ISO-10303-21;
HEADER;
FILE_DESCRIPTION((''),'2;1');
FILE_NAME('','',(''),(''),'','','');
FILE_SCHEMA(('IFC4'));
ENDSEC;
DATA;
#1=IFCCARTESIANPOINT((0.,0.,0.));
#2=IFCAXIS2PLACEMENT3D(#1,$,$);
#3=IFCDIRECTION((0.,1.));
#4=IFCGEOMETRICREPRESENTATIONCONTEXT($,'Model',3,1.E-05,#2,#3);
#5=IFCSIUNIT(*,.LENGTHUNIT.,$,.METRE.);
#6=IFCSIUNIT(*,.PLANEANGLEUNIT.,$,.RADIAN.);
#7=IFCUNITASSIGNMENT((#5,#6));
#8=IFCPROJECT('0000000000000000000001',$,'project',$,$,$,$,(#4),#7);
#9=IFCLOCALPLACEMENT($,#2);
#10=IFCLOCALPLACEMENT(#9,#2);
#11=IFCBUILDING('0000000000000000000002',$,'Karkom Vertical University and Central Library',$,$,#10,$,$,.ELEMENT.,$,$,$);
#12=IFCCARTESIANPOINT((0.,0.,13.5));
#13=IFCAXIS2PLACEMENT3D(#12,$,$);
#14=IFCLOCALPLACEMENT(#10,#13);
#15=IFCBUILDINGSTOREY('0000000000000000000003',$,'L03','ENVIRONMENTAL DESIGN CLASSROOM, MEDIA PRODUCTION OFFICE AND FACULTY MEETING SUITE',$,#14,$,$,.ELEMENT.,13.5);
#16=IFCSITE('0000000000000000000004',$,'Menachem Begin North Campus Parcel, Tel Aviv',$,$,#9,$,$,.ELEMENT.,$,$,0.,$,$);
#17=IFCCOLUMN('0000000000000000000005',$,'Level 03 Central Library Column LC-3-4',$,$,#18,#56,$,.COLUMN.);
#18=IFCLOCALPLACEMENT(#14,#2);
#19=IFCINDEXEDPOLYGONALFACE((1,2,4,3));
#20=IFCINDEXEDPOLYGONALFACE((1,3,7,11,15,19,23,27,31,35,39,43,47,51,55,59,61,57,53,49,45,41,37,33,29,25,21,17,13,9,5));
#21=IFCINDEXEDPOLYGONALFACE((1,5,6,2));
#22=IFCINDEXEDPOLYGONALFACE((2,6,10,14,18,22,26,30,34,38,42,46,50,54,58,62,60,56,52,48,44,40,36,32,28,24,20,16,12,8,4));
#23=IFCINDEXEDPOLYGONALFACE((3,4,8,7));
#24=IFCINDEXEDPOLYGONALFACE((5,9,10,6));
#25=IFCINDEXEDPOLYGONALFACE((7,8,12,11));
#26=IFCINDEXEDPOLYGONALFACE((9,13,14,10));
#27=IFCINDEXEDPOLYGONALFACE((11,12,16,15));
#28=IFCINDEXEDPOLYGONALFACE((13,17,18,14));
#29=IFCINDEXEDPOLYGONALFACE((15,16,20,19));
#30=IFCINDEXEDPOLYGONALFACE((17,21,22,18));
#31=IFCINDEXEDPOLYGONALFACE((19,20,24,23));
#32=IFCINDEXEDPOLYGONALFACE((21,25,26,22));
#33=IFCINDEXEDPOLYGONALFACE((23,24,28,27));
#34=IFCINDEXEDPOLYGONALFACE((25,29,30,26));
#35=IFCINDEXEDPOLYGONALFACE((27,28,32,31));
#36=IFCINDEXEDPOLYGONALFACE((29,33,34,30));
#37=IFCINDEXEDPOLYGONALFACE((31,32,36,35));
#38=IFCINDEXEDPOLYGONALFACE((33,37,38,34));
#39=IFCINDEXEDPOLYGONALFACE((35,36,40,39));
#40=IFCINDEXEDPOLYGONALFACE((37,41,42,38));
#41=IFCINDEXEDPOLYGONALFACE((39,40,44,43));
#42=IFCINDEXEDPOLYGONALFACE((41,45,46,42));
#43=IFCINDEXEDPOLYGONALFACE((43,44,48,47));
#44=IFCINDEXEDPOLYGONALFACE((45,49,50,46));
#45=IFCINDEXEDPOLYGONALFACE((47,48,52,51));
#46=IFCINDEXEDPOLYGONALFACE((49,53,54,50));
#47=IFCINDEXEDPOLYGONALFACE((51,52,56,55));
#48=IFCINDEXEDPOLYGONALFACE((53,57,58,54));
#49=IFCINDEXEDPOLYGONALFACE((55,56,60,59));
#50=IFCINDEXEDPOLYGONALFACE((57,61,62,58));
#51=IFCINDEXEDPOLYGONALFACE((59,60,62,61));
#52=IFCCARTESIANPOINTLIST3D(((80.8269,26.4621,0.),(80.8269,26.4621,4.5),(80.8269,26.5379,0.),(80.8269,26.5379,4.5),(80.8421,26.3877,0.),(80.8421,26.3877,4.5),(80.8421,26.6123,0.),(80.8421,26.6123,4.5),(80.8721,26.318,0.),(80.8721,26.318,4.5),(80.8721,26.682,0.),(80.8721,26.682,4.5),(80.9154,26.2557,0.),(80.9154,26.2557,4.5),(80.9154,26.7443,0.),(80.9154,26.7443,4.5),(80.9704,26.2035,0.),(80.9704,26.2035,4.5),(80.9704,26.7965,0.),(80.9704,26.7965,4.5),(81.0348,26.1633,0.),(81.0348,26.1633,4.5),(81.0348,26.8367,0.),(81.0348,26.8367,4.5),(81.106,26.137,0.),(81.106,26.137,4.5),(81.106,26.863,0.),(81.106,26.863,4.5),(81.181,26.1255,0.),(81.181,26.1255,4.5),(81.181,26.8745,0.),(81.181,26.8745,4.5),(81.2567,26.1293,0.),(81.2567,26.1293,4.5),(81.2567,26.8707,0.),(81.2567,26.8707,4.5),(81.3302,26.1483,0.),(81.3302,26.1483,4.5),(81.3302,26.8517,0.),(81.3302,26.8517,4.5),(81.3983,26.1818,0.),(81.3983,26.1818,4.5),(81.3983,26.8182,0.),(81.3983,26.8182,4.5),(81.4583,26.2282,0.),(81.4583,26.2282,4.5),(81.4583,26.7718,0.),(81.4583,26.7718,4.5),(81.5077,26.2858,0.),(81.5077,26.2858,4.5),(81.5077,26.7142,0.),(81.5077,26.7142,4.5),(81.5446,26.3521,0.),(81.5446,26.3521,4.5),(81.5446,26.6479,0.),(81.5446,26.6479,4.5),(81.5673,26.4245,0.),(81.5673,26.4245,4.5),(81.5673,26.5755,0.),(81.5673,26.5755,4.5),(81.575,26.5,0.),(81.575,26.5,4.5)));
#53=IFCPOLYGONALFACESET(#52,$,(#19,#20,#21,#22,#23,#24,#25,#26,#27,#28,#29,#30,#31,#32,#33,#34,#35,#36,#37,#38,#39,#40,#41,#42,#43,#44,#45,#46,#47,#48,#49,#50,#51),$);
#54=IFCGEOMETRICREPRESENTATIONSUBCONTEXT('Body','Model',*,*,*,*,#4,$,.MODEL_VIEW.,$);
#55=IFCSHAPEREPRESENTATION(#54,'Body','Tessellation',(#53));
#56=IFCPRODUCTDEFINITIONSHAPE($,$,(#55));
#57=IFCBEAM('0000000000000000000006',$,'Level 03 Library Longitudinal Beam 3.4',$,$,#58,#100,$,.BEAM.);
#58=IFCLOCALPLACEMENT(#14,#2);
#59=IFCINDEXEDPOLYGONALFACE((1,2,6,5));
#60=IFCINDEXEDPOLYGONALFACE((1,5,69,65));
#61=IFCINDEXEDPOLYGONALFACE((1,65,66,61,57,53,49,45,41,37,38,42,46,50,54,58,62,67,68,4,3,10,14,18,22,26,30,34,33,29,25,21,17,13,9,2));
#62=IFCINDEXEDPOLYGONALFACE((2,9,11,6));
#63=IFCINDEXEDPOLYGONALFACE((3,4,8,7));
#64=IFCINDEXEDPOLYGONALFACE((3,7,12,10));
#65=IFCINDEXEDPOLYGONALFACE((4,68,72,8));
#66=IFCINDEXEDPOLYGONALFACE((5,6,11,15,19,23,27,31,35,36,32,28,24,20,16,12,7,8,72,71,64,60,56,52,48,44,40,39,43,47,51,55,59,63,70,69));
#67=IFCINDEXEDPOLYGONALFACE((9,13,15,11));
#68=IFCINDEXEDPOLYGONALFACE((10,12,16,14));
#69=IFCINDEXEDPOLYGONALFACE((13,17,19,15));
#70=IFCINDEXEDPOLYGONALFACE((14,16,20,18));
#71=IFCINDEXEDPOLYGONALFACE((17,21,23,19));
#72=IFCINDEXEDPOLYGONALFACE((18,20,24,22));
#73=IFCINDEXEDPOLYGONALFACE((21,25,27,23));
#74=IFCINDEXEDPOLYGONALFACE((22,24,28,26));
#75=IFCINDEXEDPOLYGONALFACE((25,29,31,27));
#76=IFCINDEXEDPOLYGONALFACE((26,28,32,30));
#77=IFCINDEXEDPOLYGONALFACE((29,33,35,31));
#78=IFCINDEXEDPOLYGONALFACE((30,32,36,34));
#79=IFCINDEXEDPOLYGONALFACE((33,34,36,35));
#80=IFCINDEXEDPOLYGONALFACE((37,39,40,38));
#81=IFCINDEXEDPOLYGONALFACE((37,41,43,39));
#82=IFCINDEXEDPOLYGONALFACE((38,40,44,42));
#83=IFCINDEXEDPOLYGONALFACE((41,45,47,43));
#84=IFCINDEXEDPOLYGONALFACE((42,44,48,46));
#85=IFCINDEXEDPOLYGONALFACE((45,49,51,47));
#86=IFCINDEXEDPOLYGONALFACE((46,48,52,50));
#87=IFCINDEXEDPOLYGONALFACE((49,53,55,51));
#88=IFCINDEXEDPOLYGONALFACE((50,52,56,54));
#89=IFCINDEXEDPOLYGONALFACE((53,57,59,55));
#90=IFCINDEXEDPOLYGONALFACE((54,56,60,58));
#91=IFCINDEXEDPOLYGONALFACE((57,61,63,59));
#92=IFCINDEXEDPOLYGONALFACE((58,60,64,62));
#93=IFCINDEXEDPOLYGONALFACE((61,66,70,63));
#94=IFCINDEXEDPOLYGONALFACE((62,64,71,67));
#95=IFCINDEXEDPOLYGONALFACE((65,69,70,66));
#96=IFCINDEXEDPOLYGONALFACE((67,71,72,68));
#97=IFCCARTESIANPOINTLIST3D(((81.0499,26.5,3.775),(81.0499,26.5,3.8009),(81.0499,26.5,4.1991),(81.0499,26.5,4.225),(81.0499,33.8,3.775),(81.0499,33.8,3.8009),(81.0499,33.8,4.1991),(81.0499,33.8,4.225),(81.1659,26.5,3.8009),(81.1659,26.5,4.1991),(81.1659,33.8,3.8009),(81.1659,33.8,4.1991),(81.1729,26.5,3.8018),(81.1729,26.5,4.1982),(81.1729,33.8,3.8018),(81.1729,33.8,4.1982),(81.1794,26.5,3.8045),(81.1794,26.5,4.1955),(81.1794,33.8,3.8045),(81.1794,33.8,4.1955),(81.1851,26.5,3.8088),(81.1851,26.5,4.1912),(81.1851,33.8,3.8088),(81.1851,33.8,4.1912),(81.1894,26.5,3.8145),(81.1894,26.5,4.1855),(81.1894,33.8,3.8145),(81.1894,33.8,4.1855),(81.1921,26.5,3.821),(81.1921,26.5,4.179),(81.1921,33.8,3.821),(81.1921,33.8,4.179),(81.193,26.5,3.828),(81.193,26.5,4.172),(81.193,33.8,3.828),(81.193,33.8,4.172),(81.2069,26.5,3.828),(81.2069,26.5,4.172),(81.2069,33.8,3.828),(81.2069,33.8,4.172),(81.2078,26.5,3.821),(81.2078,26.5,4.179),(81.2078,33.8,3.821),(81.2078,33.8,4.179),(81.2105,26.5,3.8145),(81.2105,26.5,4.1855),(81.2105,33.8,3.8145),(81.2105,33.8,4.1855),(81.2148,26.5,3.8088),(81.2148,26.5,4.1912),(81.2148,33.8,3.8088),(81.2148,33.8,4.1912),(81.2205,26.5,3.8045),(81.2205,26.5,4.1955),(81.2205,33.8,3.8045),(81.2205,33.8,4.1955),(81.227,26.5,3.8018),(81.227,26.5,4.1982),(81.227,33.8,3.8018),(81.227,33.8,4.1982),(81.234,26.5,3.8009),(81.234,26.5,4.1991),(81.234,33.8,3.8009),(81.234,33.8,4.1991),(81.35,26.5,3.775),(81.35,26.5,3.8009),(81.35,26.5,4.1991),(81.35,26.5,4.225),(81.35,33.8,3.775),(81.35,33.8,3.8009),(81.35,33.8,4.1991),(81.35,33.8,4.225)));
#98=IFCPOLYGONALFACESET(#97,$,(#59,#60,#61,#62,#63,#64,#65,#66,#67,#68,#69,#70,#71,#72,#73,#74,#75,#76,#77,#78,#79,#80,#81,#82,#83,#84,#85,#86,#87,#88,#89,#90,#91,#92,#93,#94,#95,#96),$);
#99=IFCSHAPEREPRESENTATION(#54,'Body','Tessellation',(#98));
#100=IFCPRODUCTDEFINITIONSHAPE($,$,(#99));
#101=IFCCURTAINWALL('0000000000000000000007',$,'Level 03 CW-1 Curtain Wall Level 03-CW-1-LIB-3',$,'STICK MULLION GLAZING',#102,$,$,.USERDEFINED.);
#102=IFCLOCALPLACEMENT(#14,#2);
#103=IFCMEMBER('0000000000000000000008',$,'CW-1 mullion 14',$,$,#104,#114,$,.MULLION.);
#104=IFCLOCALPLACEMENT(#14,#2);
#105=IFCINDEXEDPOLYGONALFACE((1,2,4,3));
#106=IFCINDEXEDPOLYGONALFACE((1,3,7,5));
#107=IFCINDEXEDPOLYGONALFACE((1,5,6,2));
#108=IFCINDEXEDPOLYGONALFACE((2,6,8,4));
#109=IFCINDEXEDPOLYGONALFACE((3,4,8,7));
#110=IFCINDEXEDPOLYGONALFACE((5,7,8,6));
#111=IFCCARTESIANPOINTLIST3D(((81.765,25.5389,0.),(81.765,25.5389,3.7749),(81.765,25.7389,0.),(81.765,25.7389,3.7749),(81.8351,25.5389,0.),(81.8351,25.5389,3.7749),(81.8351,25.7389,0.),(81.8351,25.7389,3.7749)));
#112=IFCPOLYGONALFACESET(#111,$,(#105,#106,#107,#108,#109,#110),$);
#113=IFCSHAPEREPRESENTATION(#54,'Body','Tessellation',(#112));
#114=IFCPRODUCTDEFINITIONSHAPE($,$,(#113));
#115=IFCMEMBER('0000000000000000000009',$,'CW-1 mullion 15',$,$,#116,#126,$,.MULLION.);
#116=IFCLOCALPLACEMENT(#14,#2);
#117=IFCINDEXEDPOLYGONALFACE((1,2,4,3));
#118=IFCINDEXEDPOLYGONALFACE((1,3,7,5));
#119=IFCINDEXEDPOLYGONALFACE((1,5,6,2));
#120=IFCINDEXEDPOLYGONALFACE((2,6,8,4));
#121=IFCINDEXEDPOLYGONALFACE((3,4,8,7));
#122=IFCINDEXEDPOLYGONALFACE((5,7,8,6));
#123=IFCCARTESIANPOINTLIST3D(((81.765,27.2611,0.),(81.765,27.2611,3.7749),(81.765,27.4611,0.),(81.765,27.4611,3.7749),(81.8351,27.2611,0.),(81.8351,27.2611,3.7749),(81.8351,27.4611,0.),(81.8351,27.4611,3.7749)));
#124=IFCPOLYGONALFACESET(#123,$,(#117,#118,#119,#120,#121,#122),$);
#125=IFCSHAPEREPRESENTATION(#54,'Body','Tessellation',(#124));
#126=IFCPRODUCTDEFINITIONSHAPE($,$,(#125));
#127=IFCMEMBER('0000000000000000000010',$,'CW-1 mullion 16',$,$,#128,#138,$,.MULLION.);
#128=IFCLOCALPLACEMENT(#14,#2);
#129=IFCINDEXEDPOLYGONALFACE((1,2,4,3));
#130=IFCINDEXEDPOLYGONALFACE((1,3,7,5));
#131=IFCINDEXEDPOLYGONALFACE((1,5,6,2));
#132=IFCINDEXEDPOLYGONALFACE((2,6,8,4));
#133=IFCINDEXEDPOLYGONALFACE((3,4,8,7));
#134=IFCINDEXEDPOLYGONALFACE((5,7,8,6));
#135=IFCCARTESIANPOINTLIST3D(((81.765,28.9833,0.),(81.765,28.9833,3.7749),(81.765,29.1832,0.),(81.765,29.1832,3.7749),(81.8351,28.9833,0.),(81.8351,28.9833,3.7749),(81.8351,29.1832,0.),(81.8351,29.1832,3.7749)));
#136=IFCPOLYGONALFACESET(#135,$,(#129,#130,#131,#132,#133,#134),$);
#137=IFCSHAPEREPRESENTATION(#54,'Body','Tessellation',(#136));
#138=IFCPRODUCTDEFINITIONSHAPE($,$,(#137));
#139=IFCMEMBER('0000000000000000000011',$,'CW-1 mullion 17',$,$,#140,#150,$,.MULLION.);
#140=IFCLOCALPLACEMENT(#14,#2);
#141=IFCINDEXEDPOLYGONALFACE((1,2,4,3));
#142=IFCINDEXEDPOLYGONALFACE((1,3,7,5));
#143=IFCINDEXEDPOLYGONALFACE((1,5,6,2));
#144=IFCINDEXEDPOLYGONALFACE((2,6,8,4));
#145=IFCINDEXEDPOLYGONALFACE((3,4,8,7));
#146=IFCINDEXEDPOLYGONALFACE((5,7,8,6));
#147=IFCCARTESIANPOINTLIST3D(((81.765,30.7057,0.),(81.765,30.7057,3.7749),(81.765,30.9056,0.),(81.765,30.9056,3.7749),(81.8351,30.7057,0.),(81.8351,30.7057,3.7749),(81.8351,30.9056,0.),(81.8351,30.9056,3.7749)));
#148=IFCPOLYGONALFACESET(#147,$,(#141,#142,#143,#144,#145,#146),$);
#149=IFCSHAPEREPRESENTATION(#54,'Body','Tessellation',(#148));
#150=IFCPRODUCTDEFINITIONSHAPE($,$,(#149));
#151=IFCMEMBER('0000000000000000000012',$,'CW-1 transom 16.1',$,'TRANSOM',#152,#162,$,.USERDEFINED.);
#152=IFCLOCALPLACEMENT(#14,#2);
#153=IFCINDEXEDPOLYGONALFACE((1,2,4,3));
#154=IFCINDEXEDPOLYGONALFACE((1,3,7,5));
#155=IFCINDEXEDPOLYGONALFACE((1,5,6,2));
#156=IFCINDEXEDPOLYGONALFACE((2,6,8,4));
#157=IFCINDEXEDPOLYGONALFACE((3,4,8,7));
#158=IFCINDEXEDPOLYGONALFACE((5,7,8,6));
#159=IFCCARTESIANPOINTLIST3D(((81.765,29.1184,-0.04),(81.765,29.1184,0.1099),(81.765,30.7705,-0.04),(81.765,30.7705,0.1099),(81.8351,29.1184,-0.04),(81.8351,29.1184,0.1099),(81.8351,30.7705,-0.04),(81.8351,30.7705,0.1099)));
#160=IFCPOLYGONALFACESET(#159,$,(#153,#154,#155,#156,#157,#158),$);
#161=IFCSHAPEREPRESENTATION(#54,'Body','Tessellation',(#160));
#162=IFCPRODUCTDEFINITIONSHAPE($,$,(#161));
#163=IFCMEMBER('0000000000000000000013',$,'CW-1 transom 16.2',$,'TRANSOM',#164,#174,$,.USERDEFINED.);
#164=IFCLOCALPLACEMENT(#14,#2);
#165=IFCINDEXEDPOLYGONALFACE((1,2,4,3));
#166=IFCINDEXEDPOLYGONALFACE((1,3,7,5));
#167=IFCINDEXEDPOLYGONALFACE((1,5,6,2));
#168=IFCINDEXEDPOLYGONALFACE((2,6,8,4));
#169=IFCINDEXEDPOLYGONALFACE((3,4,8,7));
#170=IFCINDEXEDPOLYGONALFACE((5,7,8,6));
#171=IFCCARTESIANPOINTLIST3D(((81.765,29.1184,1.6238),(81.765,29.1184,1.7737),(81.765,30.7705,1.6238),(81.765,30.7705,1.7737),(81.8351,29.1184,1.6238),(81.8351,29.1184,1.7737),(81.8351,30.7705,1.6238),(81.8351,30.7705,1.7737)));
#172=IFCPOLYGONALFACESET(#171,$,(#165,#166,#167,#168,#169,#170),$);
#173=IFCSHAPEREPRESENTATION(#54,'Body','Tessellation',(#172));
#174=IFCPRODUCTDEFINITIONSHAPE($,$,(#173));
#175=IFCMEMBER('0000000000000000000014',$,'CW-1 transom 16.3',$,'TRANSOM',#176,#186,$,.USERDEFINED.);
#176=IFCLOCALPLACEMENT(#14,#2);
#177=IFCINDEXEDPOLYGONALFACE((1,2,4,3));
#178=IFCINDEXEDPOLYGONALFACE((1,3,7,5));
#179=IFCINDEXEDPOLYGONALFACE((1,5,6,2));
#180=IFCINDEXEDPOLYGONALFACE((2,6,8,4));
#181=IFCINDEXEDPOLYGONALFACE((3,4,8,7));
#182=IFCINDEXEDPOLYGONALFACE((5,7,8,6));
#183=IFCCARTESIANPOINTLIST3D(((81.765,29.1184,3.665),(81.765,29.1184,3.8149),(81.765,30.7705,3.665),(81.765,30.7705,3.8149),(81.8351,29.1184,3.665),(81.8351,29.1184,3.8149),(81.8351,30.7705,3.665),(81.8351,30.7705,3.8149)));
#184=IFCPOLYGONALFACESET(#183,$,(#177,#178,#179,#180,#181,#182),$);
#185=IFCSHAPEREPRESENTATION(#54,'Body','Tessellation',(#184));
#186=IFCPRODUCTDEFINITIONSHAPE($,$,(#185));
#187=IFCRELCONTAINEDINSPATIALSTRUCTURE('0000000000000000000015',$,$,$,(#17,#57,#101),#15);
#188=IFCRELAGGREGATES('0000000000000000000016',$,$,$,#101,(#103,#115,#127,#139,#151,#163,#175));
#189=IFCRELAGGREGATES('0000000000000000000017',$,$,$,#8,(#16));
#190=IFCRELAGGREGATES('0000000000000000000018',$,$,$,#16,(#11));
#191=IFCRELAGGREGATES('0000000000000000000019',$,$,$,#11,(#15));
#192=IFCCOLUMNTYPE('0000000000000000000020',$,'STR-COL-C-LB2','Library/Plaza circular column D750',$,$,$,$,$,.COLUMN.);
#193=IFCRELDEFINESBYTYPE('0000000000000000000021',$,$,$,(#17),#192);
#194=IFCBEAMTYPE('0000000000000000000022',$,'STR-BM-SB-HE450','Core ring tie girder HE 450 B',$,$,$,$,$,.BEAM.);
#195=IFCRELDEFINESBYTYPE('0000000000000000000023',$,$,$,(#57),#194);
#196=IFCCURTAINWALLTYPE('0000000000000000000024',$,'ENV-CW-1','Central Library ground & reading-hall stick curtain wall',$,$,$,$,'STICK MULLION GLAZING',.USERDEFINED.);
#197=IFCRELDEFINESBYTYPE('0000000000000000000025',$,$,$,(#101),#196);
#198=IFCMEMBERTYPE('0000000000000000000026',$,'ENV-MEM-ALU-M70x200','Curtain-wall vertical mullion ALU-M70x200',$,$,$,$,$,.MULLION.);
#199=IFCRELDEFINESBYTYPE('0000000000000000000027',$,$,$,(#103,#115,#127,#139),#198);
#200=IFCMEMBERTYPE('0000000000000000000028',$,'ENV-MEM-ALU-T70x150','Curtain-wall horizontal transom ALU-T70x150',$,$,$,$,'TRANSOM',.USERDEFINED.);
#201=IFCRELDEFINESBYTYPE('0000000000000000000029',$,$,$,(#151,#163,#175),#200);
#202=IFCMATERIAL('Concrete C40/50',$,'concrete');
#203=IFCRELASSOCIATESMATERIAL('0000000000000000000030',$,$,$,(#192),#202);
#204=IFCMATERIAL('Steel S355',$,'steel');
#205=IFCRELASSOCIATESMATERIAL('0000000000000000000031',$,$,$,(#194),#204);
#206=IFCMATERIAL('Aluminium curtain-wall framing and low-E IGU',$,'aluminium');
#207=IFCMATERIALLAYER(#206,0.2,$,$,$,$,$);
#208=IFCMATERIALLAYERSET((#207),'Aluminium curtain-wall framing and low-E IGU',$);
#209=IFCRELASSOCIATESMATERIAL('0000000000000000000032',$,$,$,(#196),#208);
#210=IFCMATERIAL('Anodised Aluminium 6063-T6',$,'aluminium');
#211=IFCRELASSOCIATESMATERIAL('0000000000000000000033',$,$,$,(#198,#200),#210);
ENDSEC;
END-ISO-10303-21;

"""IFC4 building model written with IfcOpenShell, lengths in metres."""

from ifc_helpers import new_model, si_unit, direction, frame, origin, origin_with_axes, origin_2d, place, context, subcontext, project, spatial, rectangle, circle, i_section, extrude, source, transform, mapped, material, layer, layer_set, material_profile, profile_set, type_object, element, aggregate, save


model = new_model("IFC4")

# Units and contexts
model_context = context("Model", 3, precision=1e-05, world=origin(), true_north=direction((0.0, 1.0)))
body_context = subcontext(model_context, "Body", "Model", "MODEL_VIEW")
ifc_project = project(units=[si_unit("LENGTHUNIT", "METRE"), si_unit("PLANEANGLEUNIT", "RADIAN")], contexts=[model_context])

# Site, building, storey
site_placement = place(None, origin())
site = spatial("IfcSite", under=ifc_project, at=site_placement, Name="Menachem Begin North Campus Parcel, Tel Aviv", CompositionType="ELEMENT", RefElevation=0.0)
building_placement = place(site_placement, origin())
building = spatial("IfcBuilding", under=site, at=building_placement, Name="Karkom Vertical University and Central Library", CompositionType="ELEMENT")
storey_placement = place(building_placement, frame((0.0, 0.0, 13.5)))
storey = spatial("IfcBuildingStorey", under=building, at=storey_placement, Name="L03", Description="ENVIRONMENTAL DESIGN CLASSROOM, MEDIA PRODUCTION OFFICE AND FACULTY MEETING SUITE", CompositionType="ELEMENT", Elevation=13.5)

# Column
ifc_material_1 = material(Name="Concrete C40/50", Category="concrete")
ifc_material_profile_1 = material_profile(ifc_material_1, circle(Radius=0.375, at=origin_2d()), Name="RC-D750")
ifc_profile_set_1 = profile_set([ifc_material_profile_1], Name="Concrete C40/50")
column_type = type_object("IfcColumnType", Name="STR-COL-C-LB2", Description="Library/Plaza circular column D750", PredefinedType="COLUMN", material=ifc_profile_set_1)
shared_shape_1 = source(origin_with_axes(), body_context, "Body", "SweptSolid", [
    extrude(circle(Radius=0.375, at=origin_2d()), origin(), (0.0, 0.0, 1.0), 4.5),
])
column_placement = place(storey_placement, frame((81.2, 26.5, 0.0), z_axis=(0.0, 0.0, 1.0), x_axis=(1.0, 0.0, 0.0)))
element("IfcColumn", 1, at=column_placement, inside=storey, type_object=column_type, Name="Level 03 Central Library Column LC-3-4", PredefinedType="COLUMN", context=body_context, shape_type="MappedRepresentation", body=[
    mapped(shared_shape_1, transform((0.0, 0.0, 0.0), scale=1.0)),
])

# Beam
ifc_material_2 = material(Name="Steel S355", Category="steel")
ifc_material_profile_2 = material_profile(ifc_material_2, i_section(OverallWidth=0.3, OverallDepth=0.45, WebThickness=0.0139, FlangeThickness=0.0259, FilletRadius=0.0271, at=origin_2d()), Name="HE 450 B")
ifc_profile_set_2 = profile_set([ifc_material_profile_2], Name="Steel S355")
beam_type = type_object("IfcBeamType", Name="STR-BM-SB-HE450", Description="Core ring tie girder HE 450 B", PredefinedType="BEAM", material=ifc_profile_set_2)
shared_shape_2 = source(origin_with_axes(), body_context, "Body", "SweptSolid", [
    extrude(i_section(OverallWidth=0.3, OverallDepth=0.45, WebThickness=0.0139, FlangeThickness=0.0259, FilletRadius=0.0271, at=origin_2d()), origin(), (0.0, 0.0, 1.0), 7.3),
])
beam_placement = place(storey_placement, frame((81.2, 26.5, 4.0), z_axis=(0.0, 1.0, 0.0), x_axis=(-1.0, 0.0, 0.0)))
element("IfcBeam", 2, at=beam_placement, inside=storey, type_object=beam_type, Name="Level 03 Library Longitudinal Beam 3.4", PredefinedType="BEAM", context=body_context, shape_type="MappedRepresentation", body=[
    mapped(shared_shape_2, transform((0.0, 0.0, 0.0), scale=1.0)),
])

# Curtain wall, members
ifc_material_3 = material(Name="Aluminium curtain-wall framing and low-E IGU", Category="aluminium")
ifc_layer_1 = layer(ifc_material_3, 0.2)
ifc_layer_set_1 = layer_set([ifc_layer_1], Name="Aluminium curtain-wall framing and low-E IGU")
curtain_wall_type = type_object("IfcCurtainWallType", Name="ENV-CW-1", Description="Central Library ground & reading-hall stick curtain wall", ElementType="STICK MULLION GLAZING", PredefinedType="USERDEFINED", material=ifc_layer_set_1)
curtain_wall_placement = place(storey_placement, origin())
curtain_wall = element("IfcCurtainWall", 3, at=curtain_wall_placement, inside=storey, type_object=curtain_wall_type, Name="Level 03 CW-1 Curtain Wall Level 03-CW-1-LIB-3", ObjectType="STICK MULLION GLAZING", PredefinedType="USERDEFINED")
ifc_material_4 = material(Name="Anodised Aluminium 6063-T6", Category="aluminium")
ifc_material_profile_3 = material_profile(ifc_material_4, rectangle(XDim=0.0701, YDim=0.2, at=origin_2d()), Name="ALU-M70x200")
ifc_profile_set_3 = profile_set([ifc_material_profile_3], Name="Anodised Aluminium 6063-T6")
member_type_1 = type_object("IfcMemberType", Name="ENV-MEM-ALU-M70x200", Description="Curtain-wall vertical mullion ALU-M70x200", PredefinedType="MULLION", material=ifc_profile_set_3)
shared_shape_3 = source(origin_with_axes(), body_context, "Body", "SweptSolid", [
    extrude(rectangle(XDim=0.0701, YDim=0.2, at=origin_2d()), origin(), (0.0, 0.0, 1.0), 3.7749),
])
member_1_placement = place(storey_placement, frame((81.8, 25.6389, 0.0), z_axis=(0.0, 0.0, 1.0), x_axis=(-1.0, 0.0, 0.0)))
member_1 = element("IfcMember", 4, at=member_1_placement, type_object=member_type_1, Name="CW-1 mullion 14", PredefinedType="MULLION", context=body_context, shape_type="MappedRepresentation", body=[
    mapped(shared_shape_3, transform((0.0, 0.0, 0.0), scale=1.0)),
])
member_2_placement = place(storey_placement, frame((81.8, 27.3611, 0.0), z_axis=(0.0, 0.0, 1.0), x_axis=(-1.0, 0.0, 0.0)))
member_2 = element("IfcMember", 5, at=member_2_placement, type_object=member_type_1, Name="CW-1 mullion 15", PredefinedType="MULLION", context=body_context, shape_type="MappedRepresentation", body=[
    mapped(shared_shape_3, transform((0.0, 0.0, 0.0), scale=1.0)),
])
member_3_placement = place(storey_placement, frame((81.8, 29.0833, 0.0), z_axis=(0.0, 0.0, 1.0), x_axis=(-1.0, 0.0, 0.0)))
member_3 = element("IfcMember", 6, at=member_3_placement, type_object=member_type_1, Name="CW-1 mullion 16", PredefinedType="MULLION", context=body_context, shape_type="MappedRepresentation", body=[
    mapped(shared_shape_3, transform((0.0, 0.0, 0.0), scale=1.0)),
])
member_4_placement = place(storey_placement, frame((81.8, 30.8057, 0.0), z_axis=(0.0, 0.0, 1.0), x_axis=(-1.0, 0.0, 0.0)))
member_4 = element("IfcMember", 7, at=member_4_placement, type_object=member_type_1, Name="CW-1 mullion 17", PredefinedType="MULLION", context=body_context, shape_type="MappedRepresentation", body=[
    mapped(shared_shape_3, transform((0.0, 0.0, 0.0), scale=1.0)),
])
ifc_material_profile_4 = material_profile(ifc_material_4, rectangle(XDim=0.0701, YDim=0.1499, at=origin_2d()), Name="ALU-T70x150")
ifc_profile_set_4 = profile_set([ifc_material_profile_4], Name="Anodised Aluminium 6063-T6")
member_type_2 = type_object("IfcMemberType", Name="ENV-MEM-ALU-T70x150", Description="Curtain-wall horizontal transom ALU-T70x150", ElementType="TRANSOM", PredefinedType="USERDEFINED", material=ifc_profile_set_4)
shared_shape_4 = source(origin_with_axes(), body_context, "Body", "SweptSolid", [
    extrude(rectangle(XDim=0.0701, YDim=0.1499, at=origin_2d()), origin(), (0.0, 0.0, 1.0), 1.6521),
])
member_5_placement = place(storey_placement, frame((81.8, 29.1184, 0.0349), z_axis=(0.0, 1.0, 0.0), x_axis=(-1.0, 0.0, 0.0)))
member_5 = element("IfcMember", 8, at=member_5_placement, type_object=member_type_2, Name="CW-1 transom 16.1", ObjectType="TRANSOM", PredefinedType="USERDEFINED", context=body_context, shape_type="MappedRepresentation", body=[
    mapped(shared_shape_4, transform((0.0, 0.0, 0.0), scale=1.0)),
])
member_6_placement = place(storey_placement, frame((81.8, 29.1184, 1.6987), z_axis=(0.0, 1.0, 0.0), x_axis=(-1.0, 0.0, 0.0)))
member_6 = element("IfcMember", 9, at=member_6_placement, type_object=member_type_2, Name="CW-1 transom 16.2", ObjectType="TRANSOM", PredefinedType="USERDEFINED", context=body_context, shape_type="MappedRepresentation", body=[
    mapped(shared_shape_4, transform((0.0, 0.0, 0.0), scale=1.0)),
])
member_7_placement = place(storey_placement, frame((81.8, 29.1184, 3.74), z_axis=(0.0, 1.0, 0.0), x_axis=(-1.0, 0.0, 0.0)))
member_7 = element("IfcMember", 10, at=member_7_placement, type_object=member_type_2, Name="CW-1 transom 16.3", ObjectType="TRANSOM", PredefinedType="USERDEFINED", context=body_context, shape_type="MappedRepresentation", body=[
    mapped(shared_shape_4, transform((0.0, 0.0, 0.0), scale=1.0)),
])
aggregate(curtain_wall, [member_1, member_2, member_3, member_4, member_5, member_6, member_7])

save(model, "model.ifc")
